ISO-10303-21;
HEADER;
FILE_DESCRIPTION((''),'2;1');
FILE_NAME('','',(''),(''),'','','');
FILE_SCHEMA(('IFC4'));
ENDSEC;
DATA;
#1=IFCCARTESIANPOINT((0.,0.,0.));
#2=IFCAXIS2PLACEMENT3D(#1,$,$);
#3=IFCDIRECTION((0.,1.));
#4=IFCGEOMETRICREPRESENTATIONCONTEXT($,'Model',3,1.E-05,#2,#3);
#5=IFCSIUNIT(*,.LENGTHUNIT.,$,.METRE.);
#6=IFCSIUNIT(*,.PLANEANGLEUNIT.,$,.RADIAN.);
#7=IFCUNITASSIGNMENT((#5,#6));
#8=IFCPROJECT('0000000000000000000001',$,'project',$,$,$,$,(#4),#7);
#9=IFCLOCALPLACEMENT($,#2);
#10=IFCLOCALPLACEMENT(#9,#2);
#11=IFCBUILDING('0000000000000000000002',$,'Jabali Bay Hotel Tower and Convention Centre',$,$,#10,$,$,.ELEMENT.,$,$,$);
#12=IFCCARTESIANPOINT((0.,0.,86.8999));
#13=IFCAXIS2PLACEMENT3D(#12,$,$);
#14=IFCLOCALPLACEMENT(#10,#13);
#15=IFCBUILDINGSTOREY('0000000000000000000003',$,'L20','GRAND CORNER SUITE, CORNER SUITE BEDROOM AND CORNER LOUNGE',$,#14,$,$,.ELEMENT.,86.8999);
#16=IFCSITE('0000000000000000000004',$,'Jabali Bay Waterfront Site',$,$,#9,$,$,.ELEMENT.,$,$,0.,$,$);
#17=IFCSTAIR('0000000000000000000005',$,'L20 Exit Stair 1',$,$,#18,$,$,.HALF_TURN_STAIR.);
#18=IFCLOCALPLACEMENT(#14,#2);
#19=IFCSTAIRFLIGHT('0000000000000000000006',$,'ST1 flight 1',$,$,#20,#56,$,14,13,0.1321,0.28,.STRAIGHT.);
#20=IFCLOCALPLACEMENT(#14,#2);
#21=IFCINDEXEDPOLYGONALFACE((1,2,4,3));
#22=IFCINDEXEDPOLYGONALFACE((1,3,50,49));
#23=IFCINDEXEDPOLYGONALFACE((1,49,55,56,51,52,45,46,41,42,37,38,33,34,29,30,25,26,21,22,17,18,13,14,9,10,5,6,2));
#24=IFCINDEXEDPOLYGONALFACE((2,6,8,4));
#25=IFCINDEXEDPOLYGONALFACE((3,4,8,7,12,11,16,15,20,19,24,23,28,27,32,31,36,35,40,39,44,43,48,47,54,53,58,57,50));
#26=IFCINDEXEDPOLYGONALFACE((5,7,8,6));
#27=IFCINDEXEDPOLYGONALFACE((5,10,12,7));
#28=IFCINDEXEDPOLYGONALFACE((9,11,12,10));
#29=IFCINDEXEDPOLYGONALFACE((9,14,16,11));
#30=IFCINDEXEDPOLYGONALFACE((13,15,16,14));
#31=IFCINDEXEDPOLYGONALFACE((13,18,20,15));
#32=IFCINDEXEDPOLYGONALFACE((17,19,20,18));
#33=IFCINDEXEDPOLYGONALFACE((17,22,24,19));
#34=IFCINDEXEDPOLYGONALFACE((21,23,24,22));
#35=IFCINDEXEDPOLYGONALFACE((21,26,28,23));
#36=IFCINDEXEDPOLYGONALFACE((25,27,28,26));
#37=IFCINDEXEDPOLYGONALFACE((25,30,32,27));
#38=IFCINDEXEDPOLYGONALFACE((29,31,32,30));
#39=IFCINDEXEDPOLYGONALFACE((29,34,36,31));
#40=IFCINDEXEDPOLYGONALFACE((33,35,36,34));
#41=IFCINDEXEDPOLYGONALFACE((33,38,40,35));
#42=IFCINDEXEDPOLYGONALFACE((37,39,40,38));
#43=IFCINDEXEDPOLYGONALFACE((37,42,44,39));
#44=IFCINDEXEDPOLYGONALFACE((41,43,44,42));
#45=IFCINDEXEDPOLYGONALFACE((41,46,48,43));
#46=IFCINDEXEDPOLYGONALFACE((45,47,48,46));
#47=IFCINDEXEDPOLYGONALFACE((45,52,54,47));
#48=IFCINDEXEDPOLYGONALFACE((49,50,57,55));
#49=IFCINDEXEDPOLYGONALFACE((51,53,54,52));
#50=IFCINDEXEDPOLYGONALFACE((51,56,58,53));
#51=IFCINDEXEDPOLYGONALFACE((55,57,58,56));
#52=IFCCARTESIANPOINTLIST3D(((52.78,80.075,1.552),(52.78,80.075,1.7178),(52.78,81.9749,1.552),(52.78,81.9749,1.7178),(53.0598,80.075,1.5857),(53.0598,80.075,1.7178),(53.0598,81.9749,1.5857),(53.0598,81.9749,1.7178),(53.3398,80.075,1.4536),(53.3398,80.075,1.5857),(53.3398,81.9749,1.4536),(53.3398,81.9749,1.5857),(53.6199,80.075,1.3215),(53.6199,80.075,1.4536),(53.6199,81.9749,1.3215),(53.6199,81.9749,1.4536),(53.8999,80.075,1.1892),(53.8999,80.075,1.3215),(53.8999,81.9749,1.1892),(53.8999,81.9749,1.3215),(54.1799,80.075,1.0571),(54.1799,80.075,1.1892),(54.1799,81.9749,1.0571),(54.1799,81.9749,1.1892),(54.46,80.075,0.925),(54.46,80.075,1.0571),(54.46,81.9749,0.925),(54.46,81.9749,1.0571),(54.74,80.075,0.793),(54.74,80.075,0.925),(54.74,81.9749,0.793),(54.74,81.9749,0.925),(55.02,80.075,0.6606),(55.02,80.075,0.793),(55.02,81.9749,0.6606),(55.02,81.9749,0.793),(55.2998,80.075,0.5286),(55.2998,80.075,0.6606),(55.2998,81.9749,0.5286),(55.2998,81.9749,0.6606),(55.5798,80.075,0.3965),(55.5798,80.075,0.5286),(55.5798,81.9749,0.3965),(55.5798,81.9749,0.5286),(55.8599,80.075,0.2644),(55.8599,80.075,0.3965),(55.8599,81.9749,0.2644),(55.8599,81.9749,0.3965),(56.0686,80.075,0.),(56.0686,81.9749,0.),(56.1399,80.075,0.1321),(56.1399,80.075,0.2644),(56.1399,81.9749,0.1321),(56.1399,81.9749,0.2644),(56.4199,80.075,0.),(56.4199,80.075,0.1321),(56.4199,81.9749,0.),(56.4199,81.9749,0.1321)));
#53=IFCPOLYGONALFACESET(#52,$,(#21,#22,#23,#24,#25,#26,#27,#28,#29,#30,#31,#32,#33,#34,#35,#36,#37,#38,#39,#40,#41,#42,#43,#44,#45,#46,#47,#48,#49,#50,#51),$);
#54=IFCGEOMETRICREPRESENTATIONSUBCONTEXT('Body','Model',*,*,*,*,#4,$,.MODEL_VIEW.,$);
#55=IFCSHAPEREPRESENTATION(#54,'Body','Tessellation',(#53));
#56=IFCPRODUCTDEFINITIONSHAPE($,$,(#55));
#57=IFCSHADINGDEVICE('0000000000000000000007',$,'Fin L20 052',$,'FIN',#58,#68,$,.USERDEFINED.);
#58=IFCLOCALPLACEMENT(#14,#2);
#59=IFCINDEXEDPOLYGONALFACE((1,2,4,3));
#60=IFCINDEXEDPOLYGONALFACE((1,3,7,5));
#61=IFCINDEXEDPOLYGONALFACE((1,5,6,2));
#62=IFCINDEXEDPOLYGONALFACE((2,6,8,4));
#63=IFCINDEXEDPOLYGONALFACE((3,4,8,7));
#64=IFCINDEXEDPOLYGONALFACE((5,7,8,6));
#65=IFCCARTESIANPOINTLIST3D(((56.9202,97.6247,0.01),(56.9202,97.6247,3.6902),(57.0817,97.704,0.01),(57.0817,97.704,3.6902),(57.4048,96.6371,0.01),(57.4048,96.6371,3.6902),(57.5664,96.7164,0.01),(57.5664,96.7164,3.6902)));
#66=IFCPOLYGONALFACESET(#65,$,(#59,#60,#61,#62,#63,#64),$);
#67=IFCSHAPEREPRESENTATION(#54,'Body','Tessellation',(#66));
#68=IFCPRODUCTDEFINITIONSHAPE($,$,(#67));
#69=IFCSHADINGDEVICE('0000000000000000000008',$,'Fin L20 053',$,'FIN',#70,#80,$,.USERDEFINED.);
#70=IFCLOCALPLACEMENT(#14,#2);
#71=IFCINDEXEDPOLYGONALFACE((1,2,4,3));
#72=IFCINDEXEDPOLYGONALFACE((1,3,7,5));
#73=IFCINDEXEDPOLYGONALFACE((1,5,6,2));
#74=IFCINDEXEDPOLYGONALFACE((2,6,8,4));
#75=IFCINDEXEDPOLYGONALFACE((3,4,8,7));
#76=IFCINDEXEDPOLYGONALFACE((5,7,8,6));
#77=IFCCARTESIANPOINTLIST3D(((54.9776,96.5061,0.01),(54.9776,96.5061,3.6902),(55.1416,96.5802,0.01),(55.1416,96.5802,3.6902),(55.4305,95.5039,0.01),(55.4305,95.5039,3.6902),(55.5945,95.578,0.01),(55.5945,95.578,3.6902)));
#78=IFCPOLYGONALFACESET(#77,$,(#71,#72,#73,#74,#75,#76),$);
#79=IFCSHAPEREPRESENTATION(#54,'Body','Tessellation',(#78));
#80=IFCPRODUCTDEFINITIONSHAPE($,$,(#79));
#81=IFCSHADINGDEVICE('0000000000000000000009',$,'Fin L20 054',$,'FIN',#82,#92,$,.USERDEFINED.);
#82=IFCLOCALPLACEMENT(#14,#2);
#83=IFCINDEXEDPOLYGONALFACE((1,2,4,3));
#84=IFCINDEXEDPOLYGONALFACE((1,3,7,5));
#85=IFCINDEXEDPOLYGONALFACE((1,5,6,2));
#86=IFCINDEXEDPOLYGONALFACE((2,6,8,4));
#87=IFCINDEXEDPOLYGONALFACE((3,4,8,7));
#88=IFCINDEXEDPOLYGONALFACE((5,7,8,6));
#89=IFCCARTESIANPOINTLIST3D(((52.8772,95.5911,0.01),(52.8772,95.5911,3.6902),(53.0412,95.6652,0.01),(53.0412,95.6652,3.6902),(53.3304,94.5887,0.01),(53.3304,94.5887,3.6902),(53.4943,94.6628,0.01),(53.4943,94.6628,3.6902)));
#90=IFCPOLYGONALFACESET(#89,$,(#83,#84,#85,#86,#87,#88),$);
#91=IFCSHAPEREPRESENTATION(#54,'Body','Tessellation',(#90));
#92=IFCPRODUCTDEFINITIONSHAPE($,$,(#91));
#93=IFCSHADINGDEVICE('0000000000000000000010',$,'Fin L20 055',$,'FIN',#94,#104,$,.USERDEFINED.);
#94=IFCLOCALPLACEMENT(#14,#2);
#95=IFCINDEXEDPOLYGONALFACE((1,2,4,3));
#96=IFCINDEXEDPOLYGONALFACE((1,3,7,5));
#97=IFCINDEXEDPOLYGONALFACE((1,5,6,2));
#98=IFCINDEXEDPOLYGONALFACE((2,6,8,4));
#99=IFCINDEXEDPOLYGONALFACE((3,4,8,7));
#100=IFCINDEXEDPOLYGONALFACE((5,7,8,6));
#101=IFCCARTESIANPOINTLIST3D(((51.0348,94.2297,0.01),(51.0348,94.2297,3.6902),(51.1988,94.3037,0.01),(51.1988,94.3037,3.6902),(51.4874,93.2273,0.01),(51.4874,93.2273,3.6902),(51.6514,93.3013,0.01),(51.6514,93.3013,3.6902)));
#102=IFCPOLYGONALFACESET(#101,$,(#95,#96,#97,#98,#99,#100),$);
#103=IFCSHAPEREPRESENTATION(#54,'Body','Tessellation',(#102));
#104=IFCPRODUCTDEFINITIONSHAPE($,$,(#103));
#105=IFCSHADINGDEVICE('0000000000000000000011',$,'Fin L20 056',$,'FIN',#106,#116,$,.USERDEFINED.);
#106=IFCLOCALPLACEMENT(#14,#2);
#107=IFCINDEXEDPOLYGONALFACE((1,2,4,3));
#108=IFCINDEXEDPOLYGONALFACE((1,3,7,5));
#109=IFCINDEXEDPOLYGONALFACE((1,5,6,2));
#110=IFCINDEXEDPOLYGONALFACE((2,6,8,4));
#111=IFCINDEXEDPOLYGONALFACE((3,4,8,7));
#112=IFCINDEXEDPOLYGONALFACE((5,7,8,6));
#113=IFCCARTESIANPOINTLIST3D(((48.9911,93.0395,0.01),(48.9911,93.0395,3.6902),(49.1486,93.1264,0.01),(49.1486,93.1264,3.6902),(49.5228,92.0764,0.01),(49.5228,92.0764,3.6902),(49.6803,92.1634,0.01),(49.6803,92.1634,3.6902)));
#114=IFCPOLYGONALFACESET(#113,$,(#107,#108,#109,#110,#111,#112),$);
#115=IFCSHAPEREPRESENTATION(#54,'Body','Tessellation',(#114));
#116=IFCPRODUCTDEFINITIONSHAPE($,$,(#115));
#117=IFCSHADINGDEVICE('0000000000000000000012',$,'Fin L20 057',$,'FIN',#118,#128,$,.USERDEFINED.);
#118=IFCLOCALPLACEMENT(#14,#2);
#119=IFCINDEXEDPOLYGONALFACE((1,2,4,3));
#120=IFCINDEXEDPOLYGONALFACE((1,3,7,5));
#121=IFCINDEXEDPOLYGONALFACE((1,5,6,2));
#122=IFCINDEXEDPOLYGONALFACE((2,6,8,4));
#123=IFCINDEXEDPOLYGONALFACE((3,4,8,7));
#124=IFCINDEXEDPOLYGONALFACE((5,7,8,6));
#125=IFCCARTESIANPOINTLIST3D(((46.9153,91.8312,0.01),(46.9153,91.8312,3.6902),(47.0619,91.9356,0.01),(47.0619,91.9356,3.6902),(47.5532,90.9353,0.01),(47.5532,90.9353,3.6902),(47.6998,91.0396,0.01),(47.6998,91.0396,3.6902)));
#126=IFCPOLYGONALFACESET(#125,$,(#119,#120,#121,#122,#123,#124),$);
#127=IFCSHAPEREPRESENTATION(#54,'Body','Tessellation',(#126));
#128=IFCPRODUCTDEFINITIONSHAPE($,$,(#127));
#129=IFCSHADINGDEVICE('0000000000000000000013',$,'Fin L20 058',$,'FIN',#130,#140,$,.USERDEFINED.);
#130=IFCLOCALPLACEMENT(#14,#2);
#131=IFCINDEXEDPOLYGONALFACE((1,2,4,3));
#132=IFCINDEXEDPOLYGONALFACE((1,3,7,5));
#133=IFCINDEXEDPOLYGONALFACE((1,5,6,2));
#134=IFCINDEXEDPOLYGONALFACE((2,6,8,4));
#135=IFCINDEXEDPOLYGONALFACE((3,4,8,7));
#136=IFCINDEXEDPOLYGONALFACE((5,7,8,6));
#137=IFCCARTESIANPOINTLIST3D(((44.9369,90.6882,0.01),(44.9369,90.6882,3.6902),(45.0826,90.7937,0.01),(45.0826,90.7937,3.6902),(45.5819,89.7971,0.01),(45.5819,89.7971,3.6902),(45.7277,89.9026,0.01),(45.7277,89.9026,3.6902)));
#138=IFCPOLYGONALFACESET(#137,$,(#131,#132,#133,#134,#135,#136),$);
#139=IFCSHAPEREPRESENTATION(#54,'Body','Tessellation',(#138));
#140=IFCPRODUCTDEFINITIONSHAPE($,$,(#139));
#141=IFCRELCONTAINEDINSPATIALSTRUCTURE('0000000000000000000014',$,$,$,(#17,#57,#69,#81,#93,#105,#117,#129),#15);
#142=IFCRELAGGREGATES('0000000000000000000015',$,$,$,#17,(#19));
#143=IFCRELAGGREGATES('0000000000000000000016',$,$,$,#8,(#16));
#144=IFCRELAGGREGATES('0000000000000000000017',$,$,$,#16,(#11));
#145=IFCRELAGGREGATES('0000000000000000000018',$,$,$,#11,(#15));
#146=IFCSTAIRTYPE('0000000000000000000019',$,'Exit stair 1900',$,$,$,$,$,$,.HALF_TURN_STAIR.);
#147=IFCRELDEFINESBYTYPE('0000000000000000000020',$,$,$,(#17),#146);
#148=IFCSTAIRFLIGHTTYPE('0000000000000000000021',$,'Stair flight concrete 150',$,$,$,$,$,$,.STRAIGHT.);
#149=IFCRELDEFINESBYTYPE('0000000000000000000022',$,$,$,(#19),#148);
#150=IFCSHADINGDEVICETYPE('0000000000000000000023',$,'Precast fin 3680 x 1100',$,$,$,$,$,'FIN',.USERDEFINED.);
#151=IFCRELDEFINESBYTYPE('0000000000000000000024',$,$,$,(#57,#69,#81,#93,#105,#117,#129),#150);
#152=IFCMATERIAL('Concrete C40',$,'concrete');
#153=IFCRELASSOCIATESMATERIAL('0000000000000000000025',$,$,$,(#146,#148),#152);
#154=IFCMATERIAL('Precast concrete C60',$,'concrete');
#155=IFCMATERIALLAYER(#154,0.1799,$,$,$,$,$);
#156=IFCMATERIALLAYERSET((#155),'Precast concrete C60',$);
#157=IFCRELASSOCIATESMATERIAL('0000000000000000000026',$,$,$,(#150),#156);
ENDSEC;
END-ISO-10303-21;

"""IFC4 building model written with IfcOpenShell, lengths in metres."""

from ifc_helpers import new_model, si_unit, direction, frame, frame_2d, origin, place, context, subcontext, project, spatial, polyline, rectangle, outline, extrude, material, layer, layer_set, type_object, element, aggregate, save


model = new_model("IFC4")

# Units and contexts
model_context = context("Model", 3, precision=1e-05, world=origin(), true_north=direction((0.0, 1.0)))
body_context = subcontext(model_context, "Body", "Model", "MODEL_VIEW")
ifc_project = project(units=[si_unit("LENGTHUNIT", "METRE"), si_unit("PLANEANGLEUNIT", "RADIAN")], contexts=[model_context])

# Site, building, storey
site_placement = place(None, origin())
site = spatial("IfcSite", under=ifc_project, at=site_placement, Name="Jabali Bay Waterfront Site", CompositionType="ELEMENT", RefElevation=0.0)
building_placement = place(site_placement, origin())
building = spatial("IfcBuilding", under=site, at=building_placement, Name="Jabali Bay Hotel Tower and Convention Centre", CompositionType="ELEMENT")
storey_placement = place(building_placement, frame((0.0, 0.0, 86.8999)))
storey = spatial("IfcBuildingStorey", under=building, at=storey_placement, Name="L20", Description="GRAND CORNER SUITE, CORNER SUITE BEDROOM AND CORNER LOUNGE", CompositionType="ELEMENT", Elevation=86.8999)

# Shared definitions
ifc_material_1 = material(Name="Concrete C40", Category="concrete")

# Stair, stair flight
stair_type = type_object("IfcStairType", Name="Exit stair 1900", PredefinedType="HALF_TURN_STAIR", material=ifc_material_1)
stair_placement = place(storey_placement, origin())
stair = element("IfcStair", 1, at=stair_placement, inside=storey, type_object=stair_type, Name="L20 Exit Stair 1", PredefinedType="HALF_TURN_STAIR")
stair_flight_type = type_object("IfcStairFlightType", Name="Stair flight concrete 150", PredefinedType="STRAIGHT", material=ifc_material_1)
stair_flight_placement = place(storey_placement, frame((56.4199, 81.0249, 0.0), z_axis=(0.0, 0.0, 1.0), x_axis=(-1.0, 0.0, 0.0)))
stair_flight = element("IfcStairFlight", 2, at=stair_flight_placement, type_object=stair_flight_type, Name="ST1 flight 1", NumberOfRisers=14, NumberOfTreads=13, PredefinedType="STRAIGHT", RiserHeight=0.1321, TreadLength=0.28, context=body_context, shape_type="SweptSolid", body=[
    extrude(outline(polyline([(0.0, 0.0), (0.0, 0.1321), (0.28, 0.1321), (0.28, 0.2644), (0.5601, 0.2644), (0.5601, 0.3965), (0.8401, 0.3965), (0.8401, 0.5286), (1.1201, 0.5286), (1.1201, 0.6606), (1.3999, 0.6606), (1.3999, 0.793), (1.6799, 0.793), (1.6799, 0.925), (1.96, 0.925), (1.96, 1.0571), (2.24, 1.0571), (2.24, 1.1892), (2.52, 1.1892), (2.52, 1.3215), (2.8, 1.3215), (2.8, 1.4536), (3.0801, 1.4536), (3.0801, 1.5857), (3.3601, 1.5857), (3.3601, 1.7178), (3.6399, 1.7178), (3.6399, 1.8501), (3.6399, 1.552), (0.3513, 0.0), (0.0, 0.0)])), frame((0.0, 0.95, 0.0), z_axis=(0.0, -1.0, 0.0), x_axis=(1.0, 0.0, 0.0)), (0.0, 0.0, 1.0), 1.8999),
])
aggregate(stair, [stair_flight])

# Shading devices
ifc_material_2 = material(Name="Precast concrete C60", Category="concrete")
ifc_layer_1 = layer(ifc_material_2, 0.1799)
ifc_layer_set_1 = layer_set([ifc_layer_1], Name="Precast concrete C60")
shading_device_type = type_object("IfcShadingDeviceType", Name="Precast fin 3680 x 1100", ElementType="FIN", PredefinedType="USERDEFINED", material=ifc_layer_set_1)
shading_device_1_placement = place(storey_placement, frame((57.4856, 96.6768, 0.01), z_axis=(0.0, 0.0, 1.0), x_axis=(-0.440543, 0.897731, 0.0)))
element("IfcShadingDevice", 3, at=shading_device_1_placement, inside=storey, type_object=shading_device_type, Name="Fin L20 052", ObjectType="FIN", PredefinedType="USERDEFINED", context=body_context, shape_type="SweptSolid", body=[
    extrude(rectangle(XDim=1.1001, YDim=0.1799, at=frame_2d((0.55, 0.0))), origin(), (0.0, 0.0, 1.0), 3.6802),
])
shading_device_2_placement = place(storey_placement, frame((55.5125, 95.541, 0.01), z_axis=(0.0, 0.0, 1.0), x_axis=(-0.411795, 0.911277, 0.0)))
element("IfcShadingDevice", 4, at=shading_device_2_placement, inside=storey, type_object=shading_device_type, Name="Fin L20 053", ObjectType="FIN", PredefinedType="USERDEFINED", context=body_context, shape_type="SweptSolid", body=[
    extrude(rectangle(XDim=1.0999, YDim=0.1799, at=frame_2d((0.5498, 0.0))), origin(), (0.0, 0.0, 1.0), 3.6802),
])
shading_device_3_placement = place(storey_placement, frame((53.4124, 94.6257, 0.01), z_axis=(0.0, 0.0, 1.0), x_axis=(-0.411896, 0.911231, 0.0)))
element("IfcShadingDevice", 5, at=shading_device_3_placement, inside=storey, type_object=shading_device_type, Name="Fin L20 054", ObjectType="FIN", PredefinedType="USERDEFINED", context=body_context, shape_type="SweptSolid", body=[
    extrude(rectangle(XDim=1.1001, YDim=0.1799, at=frame_2d((0.55, 0.0))), origin(), (0.0, 0.0, 1.0), 3.6802),
])
shading_device_4_placement = place(storey_placement, frame((51.5693, 93.2644, 0.01), z_axis=(0.0, 0.0, 1.0), x_axis=(-0.411527, 0.911397, 0.0)))
element("IfcShadingDevice", 6, at=shading_device_4_placement, inside=storey, type_object=shading_device_type, Name="Fin L20 055", ObjectType="FIN", PredefinedType="USERDEFINED", context=body_context, shape_type="SweptSolid", body=[
    extrude(rectangle(XDim=1.0999, YDim=0.1799, at=frame_2d((0.5498, 0.0))), origin(), (0.0, 0.0, 1.0), 3.6802),
])
shading_device_5_placement = place(storey_placement, frame((49.6016, 92.1199, 0.01), z_axis=(0.0, 0.0, 1.0), x_axis=(-0.483324, 0.875442, 0.0)))
element("IfcShadingDevice", 7, at=shading_device_5_placement, inside=storey, type_object=shading_device_type, Name="Fin L20 056", ObjectType="FIN", PredefinedType="USERDEFINED", context=body_context, shape_type="SweptSolid", body=[
    extrude(rectangle(XDim=1.1001, YDim=0.1799, at=frame_2d((0.55, 0.0))), origin(), (0.0, 0.0, 1.0), 3.6802),
])
shading_device_6_placement = place(storey_placement, frame((47.6265, 90.9875, 0.01), z_axis=(0.0, 0.0, 1.0), x_axis=(-0.579999, 0.814617, 0.0)))
element("IfcShadingDevice", 8, at=shading_device_6_placement, inside=storey, type_object=shading_device_type, Name="Fin L20 057", ObjectType="FIN", PredefinedType="USERDEFINED", context=body_context, shape_type="SweptSolid", body=[
    extrude(rectangle(XDim=1.0999, YDim=0.1799, at=frame_2d((0.5498, 0.0))), origin(), (0.0, 0.0, 1.0), 3.6802),
])
shading_device_7_placement = place(storey_placement, frame((45.6548, 89.8499, 0.01), z_axis=(0.0, 0.0, 1.0), x_axis=(-0.586349, 0.810058, 0.0)))
element("IfcShadingDevice", 9, at=shading_device_7_placement, inside=storey, type_object=shading_device_type, Name="Fin L20 058", ObjectType="FIN", PredefinedType="USERDEFINED", context=body_context, shape_type="SweptSolid", body=[
    extrude(rectangle(XDim=1.1001, YDim=0.1799, at=frame_2d((0.55, 0.0))), origin(), (0.0, 0.0, 1.0), 3.6802),
])

save(model, "model.ifc")
